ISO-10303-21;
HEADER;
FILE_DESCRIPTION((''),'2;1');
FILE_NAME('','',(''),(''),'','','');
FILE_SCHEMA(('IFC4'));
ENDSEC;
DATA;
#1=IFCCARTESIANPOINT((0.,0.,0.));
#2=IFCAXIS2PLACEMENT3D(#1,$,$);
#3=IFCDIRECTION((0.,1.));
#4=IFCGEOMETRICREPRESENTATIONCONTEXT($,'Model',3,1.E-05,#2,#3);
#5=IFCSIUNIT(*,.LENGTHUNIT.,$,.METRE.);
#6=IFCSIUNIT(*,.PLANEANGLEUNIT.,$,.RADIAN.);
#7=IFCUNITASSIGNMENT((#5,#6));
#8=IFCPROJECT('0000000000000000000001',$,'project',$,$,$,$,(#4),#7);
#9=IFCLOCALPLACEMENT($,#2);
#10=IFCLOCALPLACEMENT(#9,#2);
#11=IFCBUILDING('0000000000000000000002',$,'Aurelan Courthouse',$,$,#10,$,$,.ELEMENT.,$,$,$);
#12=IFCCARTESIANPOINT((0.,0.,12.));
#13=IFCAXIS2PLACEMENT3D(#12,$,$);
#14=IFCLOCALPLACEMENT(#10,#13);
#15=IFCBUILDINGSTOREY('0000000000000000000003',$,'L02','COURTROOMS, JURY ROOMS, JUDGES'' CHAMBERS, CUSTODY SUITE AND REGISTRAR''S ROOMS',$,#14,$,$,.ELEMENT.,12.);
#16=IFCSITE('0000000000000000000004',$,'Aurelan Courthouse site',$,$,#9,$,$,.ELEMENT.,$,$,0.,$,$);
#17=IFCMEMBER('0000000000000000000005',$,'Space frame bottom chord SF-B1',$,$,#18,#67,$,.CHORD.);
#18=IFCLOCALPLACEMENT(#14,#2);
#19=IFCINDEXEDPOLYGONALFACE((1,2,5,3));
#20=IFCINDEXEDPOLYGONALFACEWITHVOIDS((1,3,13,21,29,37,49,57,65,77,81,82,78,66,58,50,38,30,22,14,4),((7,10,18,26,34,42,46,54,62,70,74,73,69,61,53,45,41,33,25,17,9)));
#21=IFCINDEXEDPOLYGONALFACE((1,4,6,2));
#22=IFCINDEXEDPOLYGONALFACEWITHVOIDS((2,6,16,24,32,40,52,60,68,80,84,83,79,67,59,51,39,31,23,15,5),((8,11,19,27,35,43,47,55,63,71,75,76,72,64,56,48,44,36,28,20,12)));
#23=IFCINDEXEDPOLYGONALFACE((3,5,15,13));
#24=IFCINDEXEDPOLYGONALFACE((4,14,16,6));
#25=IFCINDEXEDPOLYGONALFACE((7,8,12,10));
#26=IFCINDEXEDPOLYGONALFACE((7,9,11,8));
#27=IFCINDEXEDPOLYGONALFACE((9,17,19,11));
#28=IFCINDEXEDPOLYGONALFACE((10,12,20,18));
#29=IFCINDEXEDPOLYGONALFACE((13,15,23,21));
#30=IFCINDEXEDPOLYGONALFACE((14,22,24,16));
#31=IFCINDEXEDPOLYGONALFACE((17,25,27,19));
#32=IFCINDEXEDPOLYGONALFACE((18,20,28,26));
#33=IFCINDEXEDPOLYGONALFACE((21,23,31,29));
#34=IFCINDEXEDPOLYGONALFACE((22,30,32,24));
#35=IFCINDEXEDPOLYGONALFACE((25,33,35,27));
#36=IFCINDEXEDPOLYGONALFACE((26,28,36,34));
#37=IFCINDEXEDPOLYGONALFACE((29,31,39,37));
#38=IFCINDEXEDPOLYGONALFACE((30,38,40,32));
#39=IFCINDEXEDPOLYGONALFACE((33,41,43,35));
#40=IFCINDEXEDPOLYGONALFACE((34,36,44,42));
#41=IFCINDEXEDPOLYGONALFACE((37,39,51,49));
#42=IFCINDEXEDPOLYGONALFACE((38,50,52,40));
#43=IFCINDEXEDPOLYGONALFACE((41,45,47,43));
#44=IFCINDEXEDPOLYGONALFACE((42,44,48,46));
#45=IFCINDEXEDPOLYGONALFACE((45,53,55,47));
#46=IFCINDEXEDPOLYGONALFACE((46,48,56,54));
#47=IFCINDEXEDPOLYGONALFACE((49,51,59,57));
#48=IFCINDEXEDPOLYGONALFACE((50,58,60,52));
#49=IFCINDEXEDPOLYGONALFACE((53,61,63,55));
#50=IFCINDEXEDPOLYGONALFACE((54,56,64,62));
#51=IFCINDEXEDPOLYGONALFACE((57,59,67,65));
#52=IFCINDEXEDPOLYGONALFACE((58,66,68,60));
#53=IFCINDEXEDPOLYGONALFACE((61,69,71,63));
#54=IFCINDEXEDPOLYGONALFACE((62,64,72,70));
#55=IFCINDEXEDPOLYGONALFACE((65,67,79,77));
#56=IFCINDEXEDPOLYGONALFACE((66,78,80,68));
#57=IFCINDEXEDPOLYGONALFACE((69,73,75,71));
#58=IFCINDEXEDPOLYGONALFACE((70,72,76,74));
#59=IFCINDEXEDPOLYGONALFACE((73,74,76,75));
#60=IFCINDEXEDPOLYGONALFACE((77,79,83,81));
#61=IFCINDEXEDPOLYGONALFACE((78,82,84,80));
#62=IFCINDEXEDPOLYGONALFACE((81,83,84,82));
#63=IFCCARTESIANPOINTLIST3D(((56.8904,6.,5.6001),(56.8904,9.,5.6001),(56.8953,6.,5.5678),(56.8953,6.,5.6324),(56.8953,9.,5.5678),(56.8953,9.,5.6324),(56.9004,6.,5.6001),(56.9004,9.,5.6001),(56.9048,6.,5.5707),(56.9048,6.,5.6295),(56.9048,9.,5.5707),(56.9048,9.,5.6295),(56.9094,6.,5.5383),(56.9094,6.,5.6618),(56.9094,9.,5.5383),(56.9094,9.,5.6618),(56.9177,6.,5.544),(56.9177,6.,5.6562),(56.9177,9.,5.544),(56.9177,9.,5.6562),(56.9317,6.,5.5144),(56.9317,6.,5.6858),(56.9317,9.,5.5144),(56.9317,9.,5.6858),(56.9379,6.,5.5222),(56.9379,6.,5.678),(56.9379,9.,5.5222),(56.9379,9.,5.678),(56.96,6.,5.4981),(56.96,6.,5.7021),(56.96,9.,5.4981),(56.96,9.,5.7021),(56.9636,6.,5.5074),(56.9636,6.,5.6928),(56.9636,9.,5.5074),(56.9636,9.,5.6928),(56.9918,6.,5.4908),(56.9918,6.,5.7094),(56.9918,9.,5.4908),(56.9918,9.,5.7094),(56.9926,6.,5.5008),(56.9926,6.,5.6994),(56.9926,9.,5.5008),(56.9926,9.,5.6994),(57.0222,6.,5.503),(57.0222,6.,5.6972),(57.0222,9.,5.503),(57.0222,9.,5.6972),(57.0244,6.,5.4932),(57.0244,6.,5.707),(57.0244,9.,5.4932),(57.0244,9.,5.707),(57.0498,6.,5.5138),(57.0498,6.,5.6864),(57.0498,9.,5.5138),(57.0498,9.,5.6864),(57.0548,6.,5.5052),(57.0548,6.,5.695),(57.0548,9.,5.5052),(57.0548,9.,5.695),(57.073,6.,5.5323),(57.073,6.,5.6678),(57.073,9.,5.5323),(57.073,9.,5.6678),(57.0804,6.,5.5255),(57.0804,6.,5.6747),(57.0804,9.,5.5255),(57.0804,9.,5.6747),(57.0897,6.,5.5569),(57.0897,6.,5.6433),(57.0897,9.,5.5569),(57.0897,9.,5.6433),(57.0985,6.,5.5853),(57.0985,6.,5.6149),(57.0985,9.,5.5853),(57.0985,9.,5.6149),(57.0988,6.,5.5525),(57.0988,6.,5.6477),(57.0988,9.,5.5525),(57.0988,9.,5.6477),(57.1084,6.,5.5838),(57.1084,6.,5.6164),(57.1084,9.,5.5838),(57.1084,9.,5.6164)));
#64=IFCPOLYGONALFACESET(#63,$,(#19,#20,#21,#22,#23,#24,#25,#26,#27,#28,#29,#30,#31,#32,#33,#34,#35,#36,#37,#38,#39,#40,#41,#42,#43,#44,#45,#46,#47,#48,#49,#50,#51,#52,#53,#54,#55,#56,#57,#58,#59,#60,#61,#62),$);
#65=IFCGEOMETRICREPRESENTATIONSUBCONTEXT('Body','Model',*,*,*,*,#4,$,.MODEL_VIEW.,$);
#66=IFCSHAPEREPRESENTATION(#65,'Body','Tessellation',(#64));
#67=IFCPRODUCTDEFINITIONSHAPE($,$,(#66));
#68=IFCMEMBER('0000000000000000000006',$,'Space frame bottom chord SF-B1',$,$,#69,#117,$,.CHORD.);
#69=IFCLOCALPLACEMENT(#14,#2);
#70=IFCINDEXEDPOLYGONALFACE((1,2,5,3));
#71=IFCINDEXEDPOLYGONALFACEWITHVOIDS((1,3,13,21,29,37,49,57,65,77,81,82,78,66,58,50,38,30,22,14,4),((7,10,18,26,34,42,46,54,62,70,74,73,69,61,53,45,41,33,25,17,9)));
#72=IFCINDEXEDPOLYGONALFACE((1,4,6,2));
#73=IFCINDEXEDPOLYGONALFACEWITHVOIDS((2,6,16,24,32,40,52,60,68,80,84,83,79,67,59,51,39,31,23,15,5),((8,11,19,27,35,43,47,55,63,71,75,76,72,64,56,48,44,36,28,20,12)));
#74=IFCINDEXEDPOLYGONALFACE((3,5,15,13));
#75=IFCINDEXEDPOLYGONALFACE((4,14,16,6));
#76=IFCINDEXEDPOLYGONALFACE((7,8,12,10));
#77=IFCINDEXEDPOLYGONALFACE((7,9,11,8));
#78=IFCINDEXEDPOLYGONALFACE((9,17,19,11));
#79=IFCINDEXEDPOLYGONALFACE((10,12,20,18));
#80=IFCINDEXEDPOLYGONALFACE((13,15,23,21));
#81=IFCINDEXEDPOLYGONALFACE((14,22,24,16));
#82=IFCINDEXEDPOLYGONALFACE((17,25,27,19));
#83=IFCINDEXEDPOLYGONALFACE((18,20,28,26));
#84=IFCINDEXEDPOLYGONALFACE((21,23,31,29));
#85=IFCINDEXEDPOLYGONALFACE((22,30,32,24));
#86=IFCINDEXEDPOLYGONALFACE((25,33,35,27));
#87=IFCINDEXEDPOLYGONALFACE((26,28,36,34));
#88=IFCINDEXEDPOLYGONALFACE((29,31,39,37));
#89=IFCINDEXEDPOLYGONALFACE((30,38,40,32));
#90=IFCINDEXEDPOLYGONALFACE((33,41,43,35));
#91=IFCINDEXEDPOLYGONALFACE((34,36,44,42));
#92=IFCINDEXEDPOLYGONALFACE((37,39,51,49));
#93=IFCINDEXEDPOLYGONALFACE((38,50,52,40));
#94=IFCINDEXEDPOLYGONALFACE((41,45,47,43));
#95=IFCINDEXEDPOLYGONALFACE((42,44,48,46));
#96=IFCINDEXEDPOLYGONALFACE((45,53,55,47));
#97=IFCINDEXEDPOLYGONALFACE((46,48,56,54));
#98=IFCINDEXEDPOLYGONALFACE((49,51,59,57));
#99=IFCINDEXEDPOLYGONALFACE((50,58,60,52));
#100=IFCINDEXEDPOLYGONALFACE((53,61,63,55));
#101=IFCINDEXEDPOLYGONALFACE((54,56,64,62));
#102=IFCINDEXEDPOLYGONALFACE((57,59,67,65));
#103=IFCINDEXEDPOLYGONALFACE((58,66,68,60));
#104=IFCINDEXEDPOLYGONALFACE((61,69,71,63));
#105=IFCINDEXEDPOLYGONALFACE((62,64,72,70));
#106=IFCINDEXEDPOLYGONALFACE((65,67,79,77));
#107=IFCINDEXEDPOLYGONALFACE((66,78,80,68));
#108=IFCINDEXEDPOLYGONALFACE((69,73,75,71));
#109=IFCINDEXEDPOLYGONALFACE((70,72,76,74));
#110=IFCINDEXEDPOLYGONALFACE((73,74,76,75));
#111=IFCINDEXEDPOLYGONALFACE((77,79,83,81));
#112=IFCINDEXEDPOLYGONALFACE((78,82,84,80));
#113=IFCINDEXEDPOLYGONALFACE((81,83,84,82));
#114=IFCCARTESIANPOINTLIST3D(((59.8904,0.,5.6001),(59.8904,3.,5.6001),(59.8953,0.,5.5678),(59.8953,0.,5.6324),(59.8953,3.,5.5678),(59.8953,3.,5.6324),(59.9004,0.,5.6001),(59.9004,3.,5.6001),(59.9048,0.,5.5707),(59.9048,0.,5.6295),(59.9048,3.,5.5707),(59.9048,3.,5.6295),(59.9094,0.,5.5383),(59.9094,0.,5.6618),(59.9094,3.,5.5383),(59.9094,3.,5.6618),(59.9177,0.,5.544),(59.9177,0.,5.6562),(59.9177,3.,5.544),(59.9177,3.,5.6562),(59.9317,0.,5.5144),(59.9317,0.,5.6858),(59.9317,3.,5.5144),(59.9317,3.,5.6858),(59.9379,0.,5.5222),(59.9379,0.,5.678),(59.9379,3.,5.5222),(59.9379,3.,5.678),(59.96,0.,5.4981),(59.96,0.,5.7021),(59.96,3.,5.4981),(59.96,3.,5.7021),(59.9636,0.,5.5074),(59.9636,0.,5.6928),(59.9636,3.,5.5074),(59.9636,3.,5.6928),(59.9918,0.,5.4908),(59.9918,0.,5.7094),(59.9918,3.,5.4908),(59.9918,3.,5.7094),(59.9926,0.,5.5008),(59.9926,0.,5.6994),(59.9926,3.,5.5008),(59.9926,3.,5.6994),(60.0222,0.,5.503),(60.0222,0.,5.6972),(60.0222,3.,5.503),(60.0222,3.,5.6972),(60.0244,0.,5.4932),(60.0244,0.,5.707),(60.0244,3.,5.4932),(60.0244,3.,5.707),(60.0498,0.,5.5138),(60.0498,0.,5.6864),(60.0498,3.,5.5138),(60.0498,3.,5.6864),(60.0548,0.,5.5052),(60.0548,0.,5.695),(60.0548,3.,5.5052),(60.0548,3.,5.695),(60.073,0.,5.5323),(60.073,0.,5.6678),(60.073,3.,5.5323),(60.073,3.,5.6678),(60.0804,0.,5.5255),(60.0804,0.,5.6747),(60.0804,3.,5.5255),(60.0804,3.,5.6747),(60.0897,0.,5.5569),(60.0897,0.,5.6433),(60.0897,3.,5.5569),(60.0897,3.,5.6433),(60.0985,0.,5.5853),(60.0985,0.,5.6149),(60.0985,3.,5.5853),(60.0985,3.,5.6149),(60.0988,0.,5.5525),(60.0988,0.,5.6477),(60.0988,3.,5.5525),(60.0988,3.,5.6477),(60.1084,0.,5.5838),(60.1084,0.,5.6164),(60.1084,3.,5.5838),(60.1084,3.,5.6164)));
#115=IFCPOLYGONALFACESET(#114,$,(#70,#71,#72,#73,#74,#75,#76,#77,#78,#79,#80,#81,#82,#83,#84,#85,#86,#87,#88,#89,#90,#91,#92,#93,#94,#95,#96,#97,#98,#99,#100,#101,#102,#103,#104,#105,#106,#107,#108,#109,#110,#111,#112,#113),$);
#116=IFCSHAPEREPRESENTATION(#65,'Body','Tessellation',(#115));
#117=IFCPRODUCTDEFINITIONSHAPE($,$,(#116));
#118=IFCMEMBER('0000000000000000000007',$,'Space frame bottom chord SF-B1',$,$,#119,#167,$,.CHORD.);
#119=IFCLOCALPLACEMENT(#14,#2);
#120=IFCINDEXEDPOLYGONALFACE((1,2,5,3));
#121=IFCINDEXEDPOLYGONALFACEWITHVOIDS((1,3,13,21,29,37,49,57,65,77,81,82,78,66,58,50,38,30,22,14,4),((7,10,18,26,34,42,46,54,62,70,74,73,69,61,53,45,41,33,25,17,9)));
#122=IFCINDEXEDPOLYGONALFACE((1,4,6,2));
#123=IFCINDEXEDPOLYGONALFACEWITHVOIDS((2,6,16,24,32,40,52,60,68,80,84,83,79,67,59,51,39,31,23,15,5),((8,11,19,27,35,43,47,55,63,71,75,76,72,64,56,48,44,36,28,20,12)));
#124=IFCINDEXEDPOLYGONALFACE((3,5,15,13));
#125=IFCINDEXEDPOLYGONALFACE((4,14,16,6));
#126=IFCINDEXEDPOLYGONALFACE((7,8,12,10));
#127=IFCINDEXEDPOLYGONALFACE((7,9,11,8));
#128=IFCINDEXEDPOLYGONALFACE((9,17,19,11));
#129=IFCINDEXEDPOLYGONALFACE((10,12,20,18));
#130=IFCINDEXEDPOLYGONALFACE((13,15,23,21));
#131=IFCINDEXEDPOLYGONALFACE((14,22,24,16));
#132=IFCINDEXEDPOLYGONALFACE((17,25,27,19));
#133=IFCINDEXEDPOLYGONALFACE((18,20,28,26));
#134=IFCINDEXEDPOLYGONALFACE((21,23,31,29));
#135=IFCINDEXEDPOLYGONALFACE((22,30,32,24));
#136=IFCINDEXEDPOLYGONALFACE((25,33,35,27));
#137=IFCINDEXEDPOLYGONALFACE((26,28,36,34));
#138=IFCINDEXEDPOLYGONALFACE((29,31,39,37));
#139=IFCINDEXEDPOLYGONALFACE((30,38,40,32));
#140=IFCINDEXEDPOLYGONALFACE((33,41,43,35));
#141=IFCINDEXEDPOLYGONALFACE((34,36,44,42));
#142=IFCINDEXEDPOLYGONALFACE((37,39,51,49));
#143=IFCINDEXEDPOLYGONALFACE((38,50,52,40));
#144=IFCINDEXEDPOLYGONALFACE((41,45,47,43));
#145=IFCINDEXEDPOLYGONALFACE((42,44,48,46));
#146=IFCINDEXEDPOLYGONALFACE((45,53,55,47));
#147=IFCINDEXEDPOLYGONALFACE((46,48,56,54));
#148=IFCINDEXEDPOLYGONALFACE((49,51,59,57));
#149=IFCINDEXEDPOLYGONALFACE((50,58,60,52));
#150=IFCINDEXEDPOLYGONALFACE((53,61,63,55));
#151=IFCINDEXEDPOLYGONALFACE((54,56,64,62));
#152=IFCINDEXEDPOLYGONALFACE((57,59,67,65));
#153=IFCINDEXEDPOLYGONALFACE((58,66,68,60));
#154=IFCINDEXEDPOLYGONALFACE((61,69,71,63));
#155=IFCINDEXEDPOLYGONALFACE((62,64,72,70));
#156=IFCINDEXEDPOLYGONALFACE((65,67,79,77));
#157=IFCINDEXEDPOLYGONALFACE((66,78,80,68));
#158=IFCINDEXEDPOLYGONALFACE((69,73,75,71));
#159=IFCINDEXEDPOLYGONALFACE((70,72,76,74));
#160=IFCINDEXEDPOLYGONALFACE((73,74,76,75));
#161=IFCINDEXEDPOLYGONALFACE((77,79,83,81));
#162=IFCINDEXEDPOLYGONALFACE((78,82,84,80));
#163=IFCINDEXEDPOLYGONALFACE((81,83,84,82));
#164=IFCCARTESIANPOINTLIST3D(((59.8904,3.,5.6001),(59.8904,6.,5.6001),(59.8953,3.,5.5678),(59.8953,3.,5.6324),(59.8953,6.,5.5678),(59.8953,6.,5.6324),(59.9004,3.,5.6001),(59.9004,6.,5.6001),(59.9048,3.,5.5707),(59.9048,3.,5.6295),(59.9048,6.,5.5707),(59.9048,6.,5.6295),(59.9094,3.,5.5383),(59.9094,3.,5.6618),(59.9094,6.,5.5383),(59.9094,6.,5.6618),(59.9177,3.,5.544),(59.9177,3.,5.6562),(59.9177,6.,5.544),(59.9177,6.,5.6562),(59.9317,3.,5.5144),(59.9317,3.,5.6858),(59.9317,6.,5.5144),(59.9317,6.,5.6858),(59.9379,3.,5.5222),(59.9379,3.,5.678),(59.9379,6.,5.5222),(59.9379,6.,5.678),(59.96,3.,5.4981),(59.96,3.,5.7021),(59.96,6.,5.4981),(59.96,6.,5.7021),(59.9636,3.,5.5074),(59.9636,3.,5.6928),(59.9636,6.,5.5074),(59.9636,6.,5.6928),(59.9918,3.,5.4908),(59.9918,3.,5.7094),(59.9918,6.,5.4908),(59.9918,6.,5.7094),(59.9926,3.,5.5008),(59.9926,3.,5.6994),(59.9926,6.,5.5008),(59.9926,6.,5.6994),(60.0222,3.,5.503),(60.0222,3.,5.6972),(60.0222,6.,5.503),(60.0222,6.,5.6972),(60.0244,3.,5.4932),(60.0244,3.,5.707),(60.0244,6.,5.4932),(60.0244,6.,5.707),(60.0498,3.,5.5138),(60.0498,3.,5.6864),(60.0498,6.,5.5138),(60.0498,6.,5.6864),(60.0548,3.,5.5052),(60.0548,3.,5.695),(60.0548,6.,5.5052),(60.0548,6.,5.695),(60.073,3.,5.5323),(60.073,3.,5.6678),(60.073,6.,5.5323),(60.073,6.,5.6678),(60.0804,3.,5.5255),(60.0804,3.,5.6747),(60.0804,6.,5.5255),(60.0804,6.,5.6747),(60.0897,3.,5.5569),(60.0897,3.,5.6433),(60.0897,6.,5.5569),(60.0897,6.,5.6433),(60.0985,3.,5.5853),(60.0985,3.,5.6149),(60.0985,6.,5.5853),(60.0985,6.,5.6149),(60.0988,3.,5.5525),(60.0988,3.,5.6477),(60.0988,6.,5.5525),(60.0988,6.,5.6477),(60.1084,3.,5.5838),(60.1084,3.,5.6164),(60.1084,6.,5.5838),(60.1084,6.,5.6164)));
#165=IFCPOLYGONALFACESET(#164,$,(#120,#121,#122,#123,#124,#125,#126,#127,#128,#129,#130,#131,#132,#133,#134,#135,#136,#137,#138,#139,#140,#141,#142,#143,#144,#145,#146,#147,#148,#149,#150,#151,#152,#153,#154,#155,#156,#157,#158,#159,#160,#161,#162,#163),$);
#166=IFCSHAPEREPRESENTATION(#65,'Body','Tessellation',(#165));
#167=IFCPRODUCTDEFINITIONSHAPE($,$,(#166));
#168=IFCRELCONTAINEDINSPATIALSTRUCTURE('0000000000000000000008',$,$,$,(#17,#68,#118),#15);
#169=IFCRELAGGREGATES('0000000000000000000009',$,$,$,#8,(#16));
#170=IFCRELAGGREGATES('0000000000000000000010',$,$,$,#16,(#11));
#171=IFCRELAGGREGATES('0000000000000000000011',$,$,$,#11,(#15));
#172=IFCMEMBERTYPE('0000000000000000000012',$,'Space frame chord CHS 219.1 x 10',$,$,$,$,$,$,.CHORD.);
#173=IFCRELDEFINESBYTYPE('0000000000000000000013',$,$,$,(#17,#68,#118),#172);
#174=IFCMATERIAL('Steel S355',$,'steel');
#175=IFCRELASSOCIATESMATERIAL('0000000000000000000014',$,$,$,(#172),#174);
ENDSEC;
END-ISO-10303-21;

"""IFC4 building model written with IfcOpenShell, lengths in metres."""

from ifc_helpers import new_model, si_unit, direction, frame, origin, origin_2d, place, context, subcontext, project, spatial, hollow_circle, extrude, material, material_profile, profile_set, type_object, element, save


model = new_model("IFC4")

# Units and contexts
model_context = context("Model", 3, precision=1e-05, world=origin(), true_north=direction((0.0, 1.0)))
body_context = subcontext(model_context, "Body", "Model", "MODEL_VIEW")
ifc_project = project(units=[si_unit("LENGTHUNIT", "METRE"), si_unit("PLANEANGLEUNIT", "RADIAN")], contexts=[model_context])

# Site, building, storey
site_placement = place(None, origin())
site = spatial("IfcSite", under=ifc_project, at=site_placement, Name="Aurelan Courthouse site", CompositionType="ELEMENT", RefElevation=0.0)
building_placement = place(site_placement, origin())
building = spatial("IfcBuilding", under=site, at=building_placement, Name="Aurelan Courthouse", CompositionType="ELEMENT")
storey_placement = place(building_placement, frame((0.0, 0.0, 12.0)))
storey = spatial("IfcBuildingStorey", under=building, at=storey_placement, Name="L02", Description="COURTROOMS, JURY ROOMS, JUDGES' CHAMBERS, CUSTODY SUITE AND REGISTRAR'S ROOMS", CompositionType="ELEMENT", Elevation=12.0)

# Members
ifc_material_1 = material(Name="Steel S355", Category="steel")
ifc_material_profile_1 = material_profile(ifc_material_1, hollow_circle(Radius=0.1096, WallThickness=0.01, at=origin_2d()), Name="CHS 219.1 x 10")
ifc_profile_set_1 = profile_set([ifc_material_profile_1], Name="Steel S355")
member_type_1 = type_object("IfcMemberType", Name="Space frame chord CHS 219.1 x 10", PredefinedType="CHORD", material=ifc_profile_set_1)
for number, where, z_axis, x_axis, name in (
    (1, (57.0, 6.0, 5.6001), (0.0, 1.0, 0.0), (-1.0, 0.0, 0.0), "Space frame bottom chord SF-B1"),
    (2, (60.0, 0.0, 5.6001), (0.0, 1.0, 0.0), (-1.0, 0.0, 0.0), "Space frame bottom chord SF-B1"),
    (3, (60.0, 3.0, 5.6001), (0.0, 1.0, 0.0), (-1.0, 0.0, 0.0), "Space frame bottom chord SF-B1"),
):
    element("IfcMember", number, at=place(storey_placement, frame(where, z_axis=z_axis, x_axis=x_axis)), inside=storey, type_object=member_type_1, Name=name, PredefinedType="CHORD", context=body_context, shape_type="SweptSolid", body=[
        extrude(hollow_circle(Radius=0.1096, WallThickness=0.01, at=origin_2d()), origin(), (0.0, 0.0, 1.0), 3.0),
    ])

save(model, "model.ifc")
